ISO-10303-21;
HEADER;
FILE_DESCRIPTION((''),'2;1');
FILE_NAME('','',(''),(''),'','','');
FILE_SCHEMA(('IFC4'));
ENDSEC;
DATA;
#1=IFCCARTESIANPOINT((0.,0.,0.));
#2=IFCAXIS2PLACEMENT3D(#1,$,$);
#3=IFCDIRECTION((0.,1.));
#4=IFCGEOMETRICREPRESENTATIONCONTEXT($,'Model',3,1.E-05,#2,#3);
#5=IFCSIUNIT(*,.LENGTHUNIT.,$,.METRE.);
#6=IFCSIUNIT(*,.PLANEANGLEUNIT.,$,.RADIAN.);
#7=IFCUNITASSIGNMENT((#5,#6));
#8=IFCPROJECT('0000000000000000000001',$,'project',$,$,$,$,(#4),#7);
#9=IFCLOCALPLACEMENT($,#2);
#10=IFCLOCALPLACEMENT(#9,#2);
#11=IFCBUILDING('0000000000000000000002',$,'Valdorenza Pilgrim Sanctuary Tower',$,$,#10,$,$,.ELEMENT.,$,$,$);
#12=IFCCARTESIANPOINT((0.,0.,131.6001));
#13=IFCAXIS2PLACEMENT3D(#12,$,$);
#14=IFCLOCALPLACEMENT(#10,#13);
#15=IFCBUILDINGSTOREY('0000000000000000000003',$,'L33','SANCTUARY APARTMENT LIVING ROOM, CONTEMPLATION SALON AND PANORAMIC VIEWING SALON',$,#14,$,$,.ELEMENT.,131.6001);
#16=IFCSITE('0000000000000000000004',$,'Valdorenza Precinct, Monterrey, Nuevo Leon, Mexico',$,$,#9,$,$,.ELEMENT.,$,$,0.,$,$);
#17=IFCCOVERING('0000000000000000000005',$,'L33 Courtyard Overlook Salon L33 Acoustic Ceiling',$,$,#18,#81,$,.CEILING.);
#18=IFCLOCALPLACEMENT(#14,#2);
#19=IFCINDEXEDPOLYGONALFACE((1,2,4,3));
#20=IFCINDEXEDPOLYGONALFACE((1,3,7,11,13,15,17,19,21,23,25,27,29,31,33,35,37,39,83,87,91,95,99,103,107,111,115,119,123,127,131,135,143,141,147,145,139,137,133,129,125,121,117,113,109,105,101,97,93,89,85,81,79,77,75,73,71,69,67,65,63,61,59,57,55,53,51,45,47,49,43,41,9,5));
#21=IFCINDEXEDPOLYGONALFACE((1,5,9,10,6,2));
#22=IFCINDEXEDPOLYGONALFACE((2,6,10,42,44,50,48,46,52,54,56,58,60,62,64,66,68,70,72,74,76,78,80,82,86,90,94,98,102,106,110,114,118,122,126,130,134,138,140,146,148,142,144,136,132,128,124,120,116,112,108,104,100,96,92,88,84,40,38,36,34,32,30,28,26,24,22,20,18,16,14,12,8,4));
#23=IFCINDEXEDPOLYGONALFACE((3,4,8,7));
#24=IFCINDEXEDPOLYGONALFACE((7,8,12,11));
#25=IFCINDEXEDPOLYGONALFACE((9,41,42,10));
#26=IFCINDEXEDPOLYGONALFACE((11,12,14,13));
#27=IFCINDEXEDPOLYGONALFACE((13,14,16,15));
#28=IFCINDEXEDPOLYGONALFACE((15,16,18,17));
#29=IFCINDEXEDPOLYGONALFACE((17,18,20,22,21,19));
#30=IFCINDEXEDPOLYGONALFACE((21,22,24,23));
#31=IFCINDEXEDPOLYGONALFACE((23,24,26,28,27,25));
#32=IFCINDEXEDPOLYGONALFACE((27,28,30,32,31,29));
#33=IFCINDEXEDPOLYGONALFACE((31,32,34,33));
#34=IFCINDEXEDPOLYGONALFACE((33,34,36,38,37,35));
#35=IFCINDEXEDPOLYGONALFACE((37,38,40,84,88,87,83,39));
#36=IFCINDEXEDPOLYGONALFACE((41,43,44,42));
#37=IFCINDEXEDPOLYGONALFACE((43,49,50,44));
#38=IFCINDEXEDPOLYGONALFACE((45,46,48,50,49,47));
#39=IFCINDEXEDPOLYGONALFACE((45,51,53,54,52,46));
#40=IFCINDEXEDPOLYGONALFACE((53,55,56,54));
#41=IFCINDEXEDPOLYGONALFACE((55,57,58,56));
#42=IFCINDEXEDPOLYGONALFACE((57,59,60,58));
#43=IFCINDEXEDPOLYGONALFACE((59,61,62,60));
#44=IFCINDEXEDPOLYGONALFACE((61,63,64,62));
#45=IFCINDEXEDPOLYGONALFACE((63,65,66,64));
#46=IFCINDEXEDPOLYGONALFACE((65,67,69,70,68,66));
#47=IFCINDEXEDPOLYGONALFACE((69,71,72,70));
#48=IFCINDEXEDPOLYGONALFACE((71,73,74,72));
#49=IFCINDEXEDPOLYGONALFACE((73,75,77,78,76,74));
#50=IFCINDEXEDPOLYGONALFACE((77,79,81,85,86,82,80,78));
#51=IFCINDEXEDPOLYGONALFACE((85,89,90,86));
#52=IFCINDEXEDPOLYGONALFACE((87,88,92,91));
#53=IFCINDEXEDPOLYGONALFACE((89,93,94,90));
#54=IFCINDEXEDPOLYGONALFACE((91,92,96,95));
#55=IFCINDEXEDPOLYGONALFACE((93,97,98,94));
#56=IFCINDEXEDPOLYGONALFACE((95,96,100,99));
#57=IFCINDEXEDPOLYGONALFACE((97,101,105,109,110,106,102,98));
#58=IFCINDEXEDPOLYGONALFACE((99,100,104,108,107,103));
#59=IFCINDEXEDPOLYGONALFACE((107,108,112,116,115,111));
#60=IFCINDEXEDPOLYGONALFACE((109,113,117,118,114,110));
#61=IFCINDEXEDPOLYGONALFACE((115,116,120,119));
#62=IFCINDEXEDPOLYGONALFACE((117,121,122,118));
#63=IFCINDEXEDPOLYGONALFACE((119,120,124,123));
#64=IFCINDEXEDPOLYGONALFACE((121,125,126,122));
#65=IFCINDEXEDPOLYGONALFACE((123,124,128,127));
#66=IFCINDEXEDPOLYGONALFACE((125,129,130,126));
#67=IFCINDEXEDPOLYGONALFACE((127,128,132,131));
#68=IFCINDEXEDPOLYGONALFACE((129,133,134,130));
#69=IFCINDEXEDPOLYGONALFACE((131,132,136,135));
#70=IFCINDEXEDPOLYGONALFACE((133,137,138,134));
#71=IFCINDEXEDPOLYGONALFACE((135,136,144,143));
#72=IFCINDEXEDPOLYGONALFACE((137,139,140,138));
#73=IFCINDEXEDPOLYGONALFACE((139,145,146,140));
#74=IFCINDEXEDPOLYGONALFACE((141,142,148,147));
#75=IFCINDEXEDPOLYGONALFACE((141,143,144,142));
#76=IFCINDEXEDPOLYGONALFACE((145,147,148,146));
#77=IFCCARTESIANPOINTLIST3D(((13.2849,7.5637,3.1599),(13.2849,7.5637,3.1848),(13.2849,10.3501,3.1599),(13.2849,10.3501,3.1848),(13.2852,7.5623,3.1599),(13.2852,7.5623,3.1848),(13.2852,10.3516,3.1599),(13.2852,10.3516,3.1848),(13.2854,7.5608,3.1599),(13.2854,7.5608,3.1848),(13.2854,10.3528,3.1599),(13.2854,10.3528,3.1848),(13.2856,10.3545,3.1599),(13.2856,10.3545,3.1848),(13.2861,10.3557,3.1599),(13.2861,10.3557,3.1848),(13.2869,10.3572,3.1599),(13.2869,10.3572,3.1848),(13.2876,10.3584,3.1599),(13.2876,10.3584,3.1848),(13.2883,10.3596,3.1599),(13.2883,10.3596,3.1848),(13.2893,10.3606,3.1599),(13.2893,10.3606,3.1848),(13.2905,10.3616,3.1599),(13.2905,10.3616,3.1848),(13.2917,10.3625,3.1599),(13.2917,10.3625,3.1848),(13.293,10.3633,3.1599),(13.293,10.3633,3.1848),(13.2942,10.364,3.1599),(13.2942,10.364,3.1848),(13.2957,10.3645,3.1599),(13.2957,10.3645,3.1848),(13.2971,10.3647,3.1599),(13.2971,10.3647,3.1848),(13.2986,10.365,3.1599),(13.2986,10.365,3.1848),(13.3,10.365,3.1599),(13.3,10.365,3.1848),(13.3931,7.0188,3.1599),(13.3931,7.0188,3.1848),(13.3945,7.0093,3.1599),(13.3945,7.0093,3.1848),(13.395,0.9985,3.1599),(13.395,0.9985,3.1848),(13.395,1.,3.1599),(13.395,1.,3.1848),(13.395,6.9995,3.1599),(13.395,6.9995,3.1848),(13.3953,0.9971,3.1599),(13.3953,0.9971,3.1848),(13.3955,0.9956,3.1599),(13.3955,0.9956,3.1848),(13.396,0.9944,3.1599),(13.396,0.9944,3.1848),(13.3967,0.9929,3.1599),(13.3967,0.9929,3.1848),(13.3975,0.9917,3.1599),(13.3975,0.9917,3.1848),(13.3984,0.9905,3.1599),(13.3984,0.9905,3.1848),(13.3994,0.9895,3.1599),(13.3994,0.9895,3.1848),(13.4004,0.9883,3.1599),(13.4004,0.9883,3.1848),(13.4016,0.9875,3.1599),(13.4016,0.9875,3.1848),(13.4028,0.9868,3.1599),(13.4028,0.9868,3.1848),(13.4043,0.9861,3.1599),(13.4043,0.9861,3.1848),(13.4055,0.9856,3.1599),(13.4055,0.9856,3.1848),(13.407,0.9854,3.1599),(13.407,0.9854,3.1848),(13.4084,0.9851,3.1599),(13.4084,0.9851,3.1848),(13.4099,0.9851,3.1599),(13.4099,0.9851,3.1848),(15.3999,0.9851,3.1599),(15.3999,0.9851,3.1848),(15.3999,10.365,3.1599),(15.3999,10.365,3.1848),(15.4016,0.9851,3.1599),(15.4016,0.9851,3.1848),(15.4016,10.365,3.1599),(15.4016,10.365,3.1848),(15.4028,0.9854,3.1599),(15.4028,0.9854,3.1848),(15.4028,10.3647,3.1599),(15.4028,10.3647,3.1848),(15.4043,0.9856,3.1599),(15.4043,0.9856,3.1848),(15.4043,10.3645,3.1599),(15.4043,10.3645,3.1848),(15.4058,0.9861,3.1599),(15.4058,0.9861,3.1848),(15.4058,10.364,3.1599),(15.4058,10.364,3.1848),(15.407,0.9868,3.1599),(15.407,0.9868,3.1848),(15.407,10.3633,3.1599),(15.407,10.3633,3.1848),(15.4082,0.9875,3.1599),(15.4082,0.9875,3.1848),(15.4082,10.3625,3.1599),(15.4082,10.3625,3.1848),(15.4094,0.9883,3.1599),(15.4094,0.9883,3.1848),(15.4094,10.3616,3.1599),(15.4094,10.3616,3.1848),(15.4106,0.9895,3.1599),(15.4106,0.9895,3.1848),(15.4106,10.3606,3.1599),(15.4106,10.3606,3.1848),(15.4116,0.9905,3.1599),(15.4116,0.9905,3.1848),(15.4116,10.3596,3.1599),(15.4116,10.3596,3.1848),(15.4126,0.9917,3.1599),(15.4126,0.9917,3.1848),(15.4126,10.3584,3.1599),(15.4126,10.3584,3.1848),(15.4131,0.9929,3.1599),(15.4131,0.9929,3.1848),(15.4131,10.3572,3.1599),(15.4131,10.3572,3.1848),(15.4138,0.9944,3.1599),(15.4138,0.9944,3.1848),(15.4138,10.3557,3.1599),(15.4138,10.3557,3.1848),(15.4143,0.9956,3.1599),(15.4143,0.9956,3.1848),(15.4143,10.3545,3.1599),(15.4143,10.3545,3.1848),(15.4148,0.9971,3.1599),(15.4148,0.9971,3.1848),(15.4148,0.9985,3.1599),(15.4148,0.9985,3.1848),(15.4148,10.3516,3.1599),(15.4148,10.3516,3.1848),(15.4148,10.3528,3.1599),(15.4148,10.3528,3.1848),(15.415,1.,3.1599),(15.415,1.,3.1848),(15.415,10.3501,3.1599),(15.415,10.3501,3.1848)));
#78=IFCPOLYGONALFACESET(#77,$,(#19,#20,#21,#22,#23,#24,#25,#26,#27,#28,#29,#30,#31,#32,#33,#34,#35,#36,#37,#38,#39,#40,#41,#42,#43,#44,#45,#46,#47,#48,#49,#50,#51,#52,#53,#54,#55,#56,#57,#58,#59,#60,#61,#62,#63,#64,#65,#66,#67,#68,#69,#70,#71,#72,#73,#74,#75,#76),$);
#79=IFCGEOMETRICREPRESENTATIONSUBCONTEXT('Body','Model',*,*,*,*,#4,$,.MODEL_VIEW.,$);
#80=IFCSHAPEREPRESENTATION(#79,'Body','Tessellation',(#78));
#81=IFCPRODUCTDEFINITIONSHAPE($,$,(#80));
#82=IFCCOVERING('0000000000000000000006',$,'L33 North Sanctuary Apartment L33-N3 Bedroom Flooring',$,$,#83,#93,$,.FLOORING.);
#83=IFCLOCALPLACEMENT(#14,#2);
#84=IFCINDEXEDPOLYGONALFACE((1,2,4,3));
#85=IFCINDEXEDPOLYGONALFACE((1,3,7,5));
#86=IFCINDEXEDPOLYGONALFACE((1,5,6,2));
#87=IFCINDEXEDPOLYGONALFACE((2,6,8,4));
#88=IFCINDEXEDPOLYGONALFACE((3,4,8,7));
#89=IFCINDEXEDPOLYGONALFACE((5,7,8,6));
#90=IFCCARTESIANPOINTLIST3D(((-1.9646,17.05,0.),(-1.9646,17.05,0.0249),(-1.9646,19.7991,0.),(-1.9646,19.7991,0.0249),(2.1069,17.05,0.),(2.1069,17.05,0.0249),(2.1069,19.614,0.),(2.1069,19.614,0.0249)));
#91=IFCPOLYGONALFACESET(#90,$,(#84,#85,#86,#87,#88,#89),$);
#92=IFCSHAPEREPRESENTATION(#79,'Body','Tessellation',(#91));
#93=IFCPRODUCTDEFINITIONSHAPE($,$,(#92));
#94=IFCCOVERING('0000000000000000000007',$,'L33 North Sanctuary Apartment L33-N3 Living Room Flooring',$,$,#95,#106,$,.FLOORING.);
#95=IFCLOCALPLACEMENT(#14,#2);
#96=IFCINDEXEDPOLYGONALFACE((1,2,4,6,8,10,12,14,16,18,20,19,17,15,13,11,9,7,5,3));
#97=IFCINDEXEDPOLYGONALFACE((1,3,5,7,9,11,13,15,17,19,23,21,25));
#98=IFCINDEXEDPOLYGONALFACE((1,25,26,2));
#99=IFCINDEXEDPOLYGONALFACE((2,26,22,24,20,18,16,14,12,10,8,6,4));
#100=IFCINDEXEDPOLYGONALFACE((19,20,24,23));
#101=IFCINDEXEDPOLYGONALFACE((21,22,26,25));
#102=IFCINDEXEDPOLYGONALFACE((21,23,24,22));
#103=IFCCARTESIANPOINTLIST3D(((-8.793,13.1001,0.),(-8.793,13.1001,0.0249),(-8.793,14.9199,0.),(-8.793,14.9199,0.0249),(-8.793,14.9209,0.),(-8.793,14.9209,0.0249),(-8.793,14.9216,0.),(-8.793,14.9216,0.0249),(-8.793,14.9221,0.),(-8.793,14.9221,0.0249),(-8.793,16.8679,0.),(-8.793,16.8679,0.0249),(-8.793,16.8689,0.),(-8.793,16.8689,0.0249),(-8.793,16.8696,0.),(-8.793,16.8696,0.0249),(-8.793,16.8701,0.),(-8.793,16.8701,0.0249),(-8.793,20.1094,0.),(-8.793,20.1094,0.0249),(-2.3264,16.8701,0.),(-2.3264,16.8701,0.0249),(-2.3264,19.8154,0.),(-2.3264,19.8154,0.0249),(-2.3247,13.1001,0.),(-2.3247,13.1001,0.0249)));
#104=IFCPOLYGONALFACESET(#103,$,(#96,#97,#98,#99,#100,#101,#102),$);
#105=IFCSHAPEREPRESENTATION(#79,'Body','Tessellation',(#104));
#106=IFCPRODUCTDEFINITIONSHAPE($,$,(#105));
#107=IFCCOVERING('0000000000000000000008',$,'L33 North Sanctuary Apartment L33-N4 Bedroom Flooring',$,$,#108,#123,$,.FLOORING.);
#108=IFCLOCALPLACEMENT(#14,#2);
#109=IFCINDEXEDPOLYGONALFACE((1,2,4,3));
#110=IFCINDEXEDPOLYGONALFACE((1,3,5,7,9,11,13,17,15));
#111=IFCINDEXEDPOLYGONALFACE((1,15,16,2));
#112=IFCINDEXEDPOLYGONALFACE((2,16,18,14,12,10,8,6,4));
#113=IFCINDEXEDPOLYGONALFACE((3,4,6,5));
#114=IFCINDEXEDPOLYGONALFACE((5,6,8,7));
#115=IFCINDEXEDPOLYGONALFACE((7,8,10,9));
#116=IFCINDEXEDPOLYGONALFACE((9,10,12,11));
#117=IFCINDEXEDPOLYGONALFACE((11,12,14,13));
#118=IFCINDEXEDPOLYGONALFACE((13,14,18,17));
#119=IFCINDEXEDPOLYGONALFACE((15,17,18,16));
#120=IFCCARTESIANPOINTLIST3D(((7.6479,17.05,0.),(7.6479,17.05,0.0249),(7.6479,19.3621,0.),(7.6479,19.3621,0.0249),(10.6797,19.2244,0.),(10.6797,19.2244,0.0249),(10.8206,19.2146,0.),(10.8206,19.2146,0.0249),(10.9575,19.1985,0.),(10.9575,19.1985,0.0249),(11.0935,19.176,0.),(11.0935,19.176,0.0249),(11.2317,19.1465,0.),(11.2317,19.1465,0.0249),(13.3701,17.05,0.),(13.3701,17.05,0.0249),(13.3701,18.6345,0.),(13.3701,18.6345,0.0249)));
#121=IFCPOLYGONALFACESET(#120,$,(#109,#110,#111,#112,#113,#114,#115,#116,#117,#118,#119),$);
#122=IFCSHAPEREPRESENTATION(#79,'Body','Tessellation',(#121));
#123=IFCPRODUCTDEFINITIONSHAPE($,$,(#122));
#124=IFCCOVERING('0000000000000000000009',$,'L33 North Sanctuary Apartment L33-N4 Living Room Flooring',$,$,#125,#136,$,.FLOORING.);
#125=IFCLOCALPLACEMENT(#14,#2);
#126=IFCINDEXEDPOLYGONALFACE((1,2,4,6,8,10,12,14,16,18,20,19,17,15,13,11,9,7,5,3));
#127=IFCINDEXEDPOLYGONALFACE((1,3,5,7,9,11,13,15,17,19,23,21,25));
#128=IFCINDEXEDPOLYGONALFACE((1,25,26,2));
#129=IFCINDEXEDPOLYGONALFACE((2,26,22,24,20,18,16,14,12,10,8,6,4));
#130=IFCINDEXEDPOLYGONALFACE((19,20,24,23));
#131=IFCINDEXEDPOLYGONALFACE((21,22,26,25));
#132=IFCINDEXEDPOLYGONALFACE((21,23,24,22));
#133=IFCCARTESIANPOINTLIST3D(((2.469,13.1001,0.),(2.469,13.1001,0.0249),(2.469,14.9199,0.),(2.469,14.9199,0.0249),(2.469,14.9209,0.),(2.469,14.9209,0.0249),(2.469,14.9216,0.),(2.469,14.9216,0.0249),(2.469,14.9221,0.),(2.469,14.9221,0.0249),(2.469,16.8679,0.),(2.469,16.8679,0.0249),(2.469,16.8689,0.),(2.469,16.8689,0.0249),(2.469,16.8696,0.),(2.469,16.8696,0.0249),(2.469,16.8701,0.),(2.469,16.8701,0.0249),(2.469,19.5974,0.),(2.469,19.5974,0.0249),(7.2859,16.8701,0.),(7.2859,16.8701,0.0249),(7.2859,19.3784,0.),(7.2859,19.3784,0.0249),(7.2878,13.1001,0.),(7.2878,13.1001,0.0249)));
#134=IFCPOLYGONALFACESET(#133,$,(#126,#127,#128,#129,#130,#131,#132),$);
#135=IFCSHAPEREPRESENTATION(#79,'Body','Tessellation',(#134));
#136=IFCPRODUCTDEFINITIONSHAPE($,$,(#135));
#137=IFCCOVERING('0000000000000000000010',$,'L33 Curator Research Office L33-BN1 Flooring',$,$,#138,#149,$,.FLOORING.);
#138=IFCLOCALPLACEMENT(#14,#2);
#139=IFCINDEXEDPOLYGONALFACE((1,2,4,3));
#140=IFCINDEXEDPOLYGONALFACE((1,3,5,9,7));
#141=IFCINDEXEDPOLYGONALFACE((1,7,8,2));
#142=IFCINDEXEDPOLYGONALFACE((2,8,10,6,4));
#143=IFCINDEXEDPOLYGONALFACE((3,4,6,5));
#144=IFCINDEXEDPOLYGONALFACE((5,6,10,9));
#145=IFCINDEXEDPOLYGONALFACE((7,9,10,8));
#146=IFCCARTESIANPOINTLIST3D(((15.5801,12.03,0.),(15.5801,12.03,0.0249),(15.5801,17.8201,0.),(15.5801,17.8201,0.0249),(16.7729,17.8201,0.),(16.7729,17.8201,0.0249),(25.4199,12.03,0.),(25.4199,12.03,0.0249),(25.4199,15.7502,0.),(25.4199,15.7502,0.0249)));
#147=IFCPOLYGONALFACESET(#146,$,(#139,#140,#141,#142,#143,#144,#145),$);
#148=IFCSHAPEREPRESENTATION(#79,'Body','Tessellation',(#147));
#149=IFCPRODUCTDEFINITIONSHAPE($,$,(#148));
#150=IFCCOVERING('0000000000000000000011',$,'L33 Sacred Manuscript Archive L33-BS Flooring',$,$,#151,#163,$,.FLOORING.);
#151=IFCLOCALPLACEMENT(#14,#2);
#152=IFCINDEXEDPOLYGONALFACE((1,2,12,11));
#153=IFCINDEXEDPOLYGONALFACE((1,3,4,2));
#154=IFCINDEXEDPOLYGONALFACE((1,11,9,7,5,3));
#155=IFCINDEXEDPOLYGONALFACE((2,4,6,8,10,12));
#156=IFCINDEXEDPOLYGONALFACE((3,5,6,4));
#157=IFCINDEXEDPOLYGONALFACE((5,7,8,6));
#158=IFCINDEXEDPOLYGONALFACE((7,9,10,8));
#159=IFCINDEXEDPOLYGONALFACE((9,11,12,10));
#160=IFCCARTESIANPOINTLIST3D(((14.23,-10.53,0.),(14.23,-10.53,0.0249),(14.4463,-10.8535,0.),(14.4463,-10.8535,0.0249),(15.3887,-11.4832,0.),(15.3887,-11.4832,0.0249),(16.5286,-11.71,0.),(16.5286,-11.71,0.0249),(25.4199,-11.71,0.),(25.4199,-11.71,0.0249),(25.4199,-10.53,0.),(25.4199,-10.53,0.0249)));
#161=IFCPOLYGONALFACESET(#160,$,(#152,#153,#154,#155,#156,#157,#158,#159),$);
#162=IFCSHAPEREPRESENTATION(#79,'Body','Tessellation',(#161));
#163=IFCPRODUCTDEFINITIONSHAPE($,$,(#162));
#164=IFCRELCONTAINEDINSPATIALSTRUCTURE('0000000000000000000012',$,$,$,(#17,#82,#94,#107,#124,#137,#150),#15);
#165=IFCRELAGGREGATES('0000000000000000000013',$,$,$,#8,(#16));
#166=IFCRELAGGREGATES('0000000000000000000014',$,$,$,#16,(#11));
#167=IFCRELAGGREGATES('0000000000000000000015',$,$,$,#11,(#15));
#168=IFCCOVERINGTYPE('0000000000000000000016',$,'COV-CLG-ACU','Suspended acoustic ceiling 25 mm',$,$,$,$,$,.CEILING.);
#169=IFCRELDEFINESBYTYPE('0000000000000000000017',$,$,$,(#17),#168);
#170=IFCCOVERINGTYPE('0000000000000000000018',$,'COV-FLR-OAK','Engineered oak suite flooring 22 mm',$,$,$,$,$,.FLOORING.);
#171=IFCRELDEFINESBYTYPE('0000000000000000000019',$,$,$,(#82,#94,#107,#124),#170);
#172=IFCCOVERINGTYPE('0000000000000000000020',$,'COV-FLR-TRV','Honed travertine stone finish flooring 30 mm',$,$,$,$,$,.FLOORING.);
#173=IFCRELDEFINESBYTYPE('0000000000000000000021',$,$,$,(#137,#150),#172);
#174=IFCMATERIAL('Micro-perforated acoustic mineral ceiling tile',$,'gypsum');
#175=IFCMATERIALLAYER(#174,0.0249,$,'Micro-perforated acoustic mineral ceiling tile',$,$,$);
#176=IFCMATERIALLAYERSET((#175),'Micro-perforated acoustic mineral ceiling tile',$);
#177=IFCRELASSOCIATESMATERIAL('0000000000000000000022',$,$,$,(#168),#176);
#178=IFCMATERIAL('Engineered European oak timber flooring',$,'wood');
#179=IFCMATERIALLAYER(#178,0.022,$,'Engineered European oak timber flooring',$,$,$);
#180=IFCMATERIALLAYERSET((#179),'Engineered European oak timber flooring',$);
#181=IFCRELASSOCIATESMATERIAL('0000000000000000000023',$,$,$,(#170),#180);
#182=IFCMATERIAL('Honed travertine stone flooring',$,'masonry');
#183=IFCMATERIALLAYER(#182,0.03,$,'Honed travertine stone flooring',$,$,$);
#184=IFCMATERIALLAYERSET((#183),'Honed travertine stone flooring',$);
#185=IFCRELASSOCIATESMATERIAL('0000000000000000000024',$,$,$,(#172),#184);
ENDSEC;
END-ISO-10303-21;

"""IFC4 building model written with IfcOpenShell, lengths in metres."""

from ifc_helpers import new_model, si_unit, direction, frame, origin, place, context, subcontext, project, spatial, polyline, outline, extrude, material, layer, layer_set, type_object, element, save


model = new_model("IFC4")

# Units and contexts
model_context = context("Model", 3, precision=1e-05, world=origin(), true_north=direction((0.0, 1.0)))
body_context = subcontext(model_context, "Body", "Model", "MODEL_VIEW")
ifc_project = project(units=[si_unit("LENGTHUNIT", "METRE"), si_unit("PLANEANGLEUNIT", "RADIAN")], contexts=[model_context])

# Site, building, storey
site_placement = place(None, origin())
site = spatial("IfcSite", under=ifc_project, at=site_placement, Name="Valdorenza Precinct, Monterrey, Nuevo Leon, Mexico", CompositionType="ELEMENT", RefElevation=0.0)
building_placement = place(site_placement, origin())
building = spatial("IfcBuilding", under=site, at=building_placement, Name="Valdorenza Pilgrim Sanctuary Tower", CompositionType="ELEMENT")
storey_placement = place(building_placement, frame((0.0, 0.0, 131.6001)))
storey = spatial("IfcBuildingStorey", under=building, at=storey_placement, Name="L33", Description="SANCTUARY APARTMENT LIVING ROOM, CONTEMPLATION SALON AND PANORAMIC VIEWING SALON", CompositionType="ELEMENT", Elevation=131.6001)

# Coverings
ifc_material_1 = material(Name="Micro-perforated acoustic mineral ceiling tile", Category="gypsum")
ifc_layer_1 = layer(ifc_material_1, 0.0249, Name="Micro-perforated acoustic mineral ceiling tile")
ifc_layer_set_1 = layer_set([ifc_layer_1], Name="Micro-perforated acoustic mineral ceiling tile")
covering_type_1 = type_object("IfcCoveringType", Name="COV-CLG-ACU", Description="Suspended acoustic ceiling 25 mm", PredefinedType="CEILING", material=ifc_layer_set_1)
covering_1_placement = place(storey_placement, frame((0.0, 0.0, 3.1599)))
element("IfcCovering", 1, at=covering_1_placement, inside=storey, type_object=covering_type_1, Name="L33 Courtyard Overlook Salon L33 Acoustic Ceiling", PredefinedType="CEILING", context=body_context, shape_type="SweptSolid", body=[
    extrude(outline(polyline([(15.3999, 10.365), (15.4016, 10.365), (15.4028, 10.3647), (15.4043, 10.3645), (15.4058, 10.364), (15.407, 10.3633), (15.4082, 10.3625), (15.4094, 10.3616), (15.4106, 10.3606), (15.4116, 10.3596), (15.4126, 10.3584), (15.4131, 10.3572), (15.4138, 10.3557), (15.4143, 10.3545), (15.4148, 10.3528), (15.4148, 10.3516), (15.415, 10.3501), (15.415, 1.0), (15.4148, 0.9985), (15.4148, 0.9971), (15.4143, 0.9956), (15.4138, 0.9944), (15.4131, 0.9929), (15.4126, 0.9917), (15.4116, 0.9905), (15.4106, 0.9895), (15.4094, 0.9883), (15.4082, 0.9875), (15.407, 0.9868), (15.4058, 0.9861), (15.4043, 0.9856), (15.4028, 0.9854), (15.4016, 0.9851), (15.3999, 0.9851), (13.4099, 0.9851), (13.4084, 0.9851), (13.407, 0.9854), (13.4055, 0.9856), (13.4043, 0.9861), (13.4028, 0.9868), (13.4016, 0.9875), (13.4004, 0.9883), (13.3994, 0.9895), (13.3984, 0.9905), (13.3975, 0.9917), (13.3967, 0.9929), (13.396, 0.9944), (13.3955, 0.9956), (13.3953, 0.9971), (13.395, 0.9985), (13.395, 1.0), (13.395, 6.9995), (13.3945, 7.0093), (13.3931, 7.0188), (13.2854, 7.5608), (13.2852, 7.5623), (13.2849, 7.5637), (13.2849, 10.3501), (13.2852, 10.3516), (13.2854, 10.3528), (13.2856, 10.3545), (13.2861, 10.3557), (13.2869, 10.3572), (13.2876, 10.3584), (13.2883, 10.3596), (13.2893, 10.3606), (13.2905, 10.3616), (13.2917, 10.3625), (13.293, 10.3633), (13.2942, 10.364), (13.2957, 10.3645), (13.2971, 10.3647), (13.2986, 10.365), (13.3, 10.365), (15.3999, 10.365)])), origin(), (0.0, 0.0, 1.0), 0.0249),
])
ifc_material_2 = material(Name="Engineered European oak timber flooring", Category="wood")
ifc_layer_2 = layer(ifc_material_2, 0.022, Name="Engineered European oak timber flooring")
ifc_layer_set_2 = layer_set([ifc_layer_2], Name="Engineered European oak timber flooring")
covering_type_2 = type_object("IfcCoveringType", Name="COV-FLR-OAK", Description="Engineered oak suite flooring 22 mm", PredefinedType="FLOORING", material=ifc_layer_set_2)
covering_2_placement = place(storey_placement, origin())
element("IfcCovering", 2, at=covering_2_placement, inside=storey, type_object=covering_type_2, Name="L33 North Sanctuary Apartment L33-N3 Bedroom Flooring", PredefinedType="FLOORING", context=body_context, shape_type="SweptSolid", body=[
    extrude(outline(polyline([(-1.9646, 17.05), (-1.9646, 19.7991), (2.1069, 19.614), (2.1069, 17.05), (-1.9646, 17.05)])), origin(), (0.0, 0.0, 1.0), 0.0249),
])
covering_3_placement = place(storey_placement, origin())
element("IfcCovering", 3, at=covering_3_placement, inside=storey, type_object=covering_type_2, Name="L33 North Sanctuary Apartment L33-N3 Living Room Flooring", PredefinedType="FLOORING", context=body_context, shape_type="SweptSolid", body=[
    extrude(outline(polyline([(-8.793, 14.9216), (-8.793, 14.9221), (-8.793, 16.8679), (-8.793, 16.8689), (-8.793, 16.8696), (-8.793, 16.8701), (-8.793, 20.1094), (-2.3264, 19.8154), (-2.3264, 16.8701), (-2.3247, 13.1001), (-8.793, 13.1001), (-8.793, 14.9199), (-8.793, 14.9209), (-8.793, 14.9216)])), origin(), (0.0, 0.0, 1.0), 0.0249),
])
covering_4_placement = place(storey_placement, origin())
element("IfcCovering", 4, at=covering_4_placement, inside=storey, type_object=covering_type_2, Name="L33 North Sanctuary Apartment L33-N4 Bedroom Flooring", PredefinedType="FLOORING", context=body_context, shape_type="SweptSolid", body=[
    extrude(outline(polyline([(7.6479, 17.05), (7.6479, 19.3621), (10.6797, 19.2244), (10.8206, 19.2146), (10.9575, 19.1985), (11.0935, 19.176), (11.2317, 19.1465), (13.3701, 18.6345), (13.3701, 17.05), (7.6479, 17.05)])), origin(), (0.0, 0.0, 1.0), 0.0249),
])
covering_5_placement = place(storey_placement, origin())
element("IfcCovering", 5, at=covering_5_placement, inside=storey, type_object=covering_type_2, Name="L33 North Sanctuary Apartment L33-N4 Living Room Flooring", PredefinedType="FLOORING", context=body_context, shape_type="SweptSolid", body=[
    extrude(outline(polyline([(2.469, 14.9216), (2.469, 14.9221), (2.469, 16.8679), (2.469, 16.8689), (2.469, 16.8696), (2.469, 16.8701), (2.469, 19.5974), (7.2859, 19.3784), (7.2859, 16.8701), (7.2878, 13.1001), (2.469, 13.1001), (2.469, 14.9199), (2.469, 14.9209), (2.469, 14.9216)])), origin(), (0.0, 0.0, 1.0), 0.0249),
])
ifc_material_3 = material(Name="Honed travertine stone flooring", Category="masonry")
ifc_layer_3 = layer(ifc_material_3, 0.03, Name="Honed travertine stone flooring")
ifc_layer_set_3 = layer_set([ifc_layer_3], Name="Honed travertine stone flooring")
covering_type_3 = type_object("IfcCoveringType", Name="COV-FLR-TRV", Description="Honed travertine stone finish flooring 30 mm", PredefinedType="FLOORING", material=ifc_layer_set_3)
covering_6_placement = place(storey_placement, origin())
element("IfcCovering", 6, at=covering_6_placement, inside=storey, type_object=covering_type_3, Name="L33 Curator Research Office L33-BN1 Flooring", PredefinedType="FLOORING", context=body_context, shape_type="SweptSolid", body=[
    extrude(outline(polyline([(15.5801, 12.03), (15.5801, 17.8201), (16.7729, 17.8201), (25.4199, 15.7502), (25.4199, 12.03), (15.5801, 12.03)])), origin(), (0.0, 0.0, 1.0), 0.0249),
])
covering_7_placement = place(storey_placement, origin())
element("IfcCovering", 7, at=covering_7_placement, inside=storey, type_object=covering_type_3, Name="L33 Sacred Manuscript Archive L33-BS Flooring", PredefinedType="FLOORING", context=body_context, shape_type="SweptSolid", body=[
    extrude(outline(polyline([(25.4199, -11.71), (16.5286, -11.71), (15.3887, -11.4832), (14.4463, -10.8535), (14.23, -10.53), (25.4199, -10.53), (25.4199, -11.71)])), origin(), (0.0, 0.0, 1.0), 0.0249),
])

save(model, "model.ifc")
